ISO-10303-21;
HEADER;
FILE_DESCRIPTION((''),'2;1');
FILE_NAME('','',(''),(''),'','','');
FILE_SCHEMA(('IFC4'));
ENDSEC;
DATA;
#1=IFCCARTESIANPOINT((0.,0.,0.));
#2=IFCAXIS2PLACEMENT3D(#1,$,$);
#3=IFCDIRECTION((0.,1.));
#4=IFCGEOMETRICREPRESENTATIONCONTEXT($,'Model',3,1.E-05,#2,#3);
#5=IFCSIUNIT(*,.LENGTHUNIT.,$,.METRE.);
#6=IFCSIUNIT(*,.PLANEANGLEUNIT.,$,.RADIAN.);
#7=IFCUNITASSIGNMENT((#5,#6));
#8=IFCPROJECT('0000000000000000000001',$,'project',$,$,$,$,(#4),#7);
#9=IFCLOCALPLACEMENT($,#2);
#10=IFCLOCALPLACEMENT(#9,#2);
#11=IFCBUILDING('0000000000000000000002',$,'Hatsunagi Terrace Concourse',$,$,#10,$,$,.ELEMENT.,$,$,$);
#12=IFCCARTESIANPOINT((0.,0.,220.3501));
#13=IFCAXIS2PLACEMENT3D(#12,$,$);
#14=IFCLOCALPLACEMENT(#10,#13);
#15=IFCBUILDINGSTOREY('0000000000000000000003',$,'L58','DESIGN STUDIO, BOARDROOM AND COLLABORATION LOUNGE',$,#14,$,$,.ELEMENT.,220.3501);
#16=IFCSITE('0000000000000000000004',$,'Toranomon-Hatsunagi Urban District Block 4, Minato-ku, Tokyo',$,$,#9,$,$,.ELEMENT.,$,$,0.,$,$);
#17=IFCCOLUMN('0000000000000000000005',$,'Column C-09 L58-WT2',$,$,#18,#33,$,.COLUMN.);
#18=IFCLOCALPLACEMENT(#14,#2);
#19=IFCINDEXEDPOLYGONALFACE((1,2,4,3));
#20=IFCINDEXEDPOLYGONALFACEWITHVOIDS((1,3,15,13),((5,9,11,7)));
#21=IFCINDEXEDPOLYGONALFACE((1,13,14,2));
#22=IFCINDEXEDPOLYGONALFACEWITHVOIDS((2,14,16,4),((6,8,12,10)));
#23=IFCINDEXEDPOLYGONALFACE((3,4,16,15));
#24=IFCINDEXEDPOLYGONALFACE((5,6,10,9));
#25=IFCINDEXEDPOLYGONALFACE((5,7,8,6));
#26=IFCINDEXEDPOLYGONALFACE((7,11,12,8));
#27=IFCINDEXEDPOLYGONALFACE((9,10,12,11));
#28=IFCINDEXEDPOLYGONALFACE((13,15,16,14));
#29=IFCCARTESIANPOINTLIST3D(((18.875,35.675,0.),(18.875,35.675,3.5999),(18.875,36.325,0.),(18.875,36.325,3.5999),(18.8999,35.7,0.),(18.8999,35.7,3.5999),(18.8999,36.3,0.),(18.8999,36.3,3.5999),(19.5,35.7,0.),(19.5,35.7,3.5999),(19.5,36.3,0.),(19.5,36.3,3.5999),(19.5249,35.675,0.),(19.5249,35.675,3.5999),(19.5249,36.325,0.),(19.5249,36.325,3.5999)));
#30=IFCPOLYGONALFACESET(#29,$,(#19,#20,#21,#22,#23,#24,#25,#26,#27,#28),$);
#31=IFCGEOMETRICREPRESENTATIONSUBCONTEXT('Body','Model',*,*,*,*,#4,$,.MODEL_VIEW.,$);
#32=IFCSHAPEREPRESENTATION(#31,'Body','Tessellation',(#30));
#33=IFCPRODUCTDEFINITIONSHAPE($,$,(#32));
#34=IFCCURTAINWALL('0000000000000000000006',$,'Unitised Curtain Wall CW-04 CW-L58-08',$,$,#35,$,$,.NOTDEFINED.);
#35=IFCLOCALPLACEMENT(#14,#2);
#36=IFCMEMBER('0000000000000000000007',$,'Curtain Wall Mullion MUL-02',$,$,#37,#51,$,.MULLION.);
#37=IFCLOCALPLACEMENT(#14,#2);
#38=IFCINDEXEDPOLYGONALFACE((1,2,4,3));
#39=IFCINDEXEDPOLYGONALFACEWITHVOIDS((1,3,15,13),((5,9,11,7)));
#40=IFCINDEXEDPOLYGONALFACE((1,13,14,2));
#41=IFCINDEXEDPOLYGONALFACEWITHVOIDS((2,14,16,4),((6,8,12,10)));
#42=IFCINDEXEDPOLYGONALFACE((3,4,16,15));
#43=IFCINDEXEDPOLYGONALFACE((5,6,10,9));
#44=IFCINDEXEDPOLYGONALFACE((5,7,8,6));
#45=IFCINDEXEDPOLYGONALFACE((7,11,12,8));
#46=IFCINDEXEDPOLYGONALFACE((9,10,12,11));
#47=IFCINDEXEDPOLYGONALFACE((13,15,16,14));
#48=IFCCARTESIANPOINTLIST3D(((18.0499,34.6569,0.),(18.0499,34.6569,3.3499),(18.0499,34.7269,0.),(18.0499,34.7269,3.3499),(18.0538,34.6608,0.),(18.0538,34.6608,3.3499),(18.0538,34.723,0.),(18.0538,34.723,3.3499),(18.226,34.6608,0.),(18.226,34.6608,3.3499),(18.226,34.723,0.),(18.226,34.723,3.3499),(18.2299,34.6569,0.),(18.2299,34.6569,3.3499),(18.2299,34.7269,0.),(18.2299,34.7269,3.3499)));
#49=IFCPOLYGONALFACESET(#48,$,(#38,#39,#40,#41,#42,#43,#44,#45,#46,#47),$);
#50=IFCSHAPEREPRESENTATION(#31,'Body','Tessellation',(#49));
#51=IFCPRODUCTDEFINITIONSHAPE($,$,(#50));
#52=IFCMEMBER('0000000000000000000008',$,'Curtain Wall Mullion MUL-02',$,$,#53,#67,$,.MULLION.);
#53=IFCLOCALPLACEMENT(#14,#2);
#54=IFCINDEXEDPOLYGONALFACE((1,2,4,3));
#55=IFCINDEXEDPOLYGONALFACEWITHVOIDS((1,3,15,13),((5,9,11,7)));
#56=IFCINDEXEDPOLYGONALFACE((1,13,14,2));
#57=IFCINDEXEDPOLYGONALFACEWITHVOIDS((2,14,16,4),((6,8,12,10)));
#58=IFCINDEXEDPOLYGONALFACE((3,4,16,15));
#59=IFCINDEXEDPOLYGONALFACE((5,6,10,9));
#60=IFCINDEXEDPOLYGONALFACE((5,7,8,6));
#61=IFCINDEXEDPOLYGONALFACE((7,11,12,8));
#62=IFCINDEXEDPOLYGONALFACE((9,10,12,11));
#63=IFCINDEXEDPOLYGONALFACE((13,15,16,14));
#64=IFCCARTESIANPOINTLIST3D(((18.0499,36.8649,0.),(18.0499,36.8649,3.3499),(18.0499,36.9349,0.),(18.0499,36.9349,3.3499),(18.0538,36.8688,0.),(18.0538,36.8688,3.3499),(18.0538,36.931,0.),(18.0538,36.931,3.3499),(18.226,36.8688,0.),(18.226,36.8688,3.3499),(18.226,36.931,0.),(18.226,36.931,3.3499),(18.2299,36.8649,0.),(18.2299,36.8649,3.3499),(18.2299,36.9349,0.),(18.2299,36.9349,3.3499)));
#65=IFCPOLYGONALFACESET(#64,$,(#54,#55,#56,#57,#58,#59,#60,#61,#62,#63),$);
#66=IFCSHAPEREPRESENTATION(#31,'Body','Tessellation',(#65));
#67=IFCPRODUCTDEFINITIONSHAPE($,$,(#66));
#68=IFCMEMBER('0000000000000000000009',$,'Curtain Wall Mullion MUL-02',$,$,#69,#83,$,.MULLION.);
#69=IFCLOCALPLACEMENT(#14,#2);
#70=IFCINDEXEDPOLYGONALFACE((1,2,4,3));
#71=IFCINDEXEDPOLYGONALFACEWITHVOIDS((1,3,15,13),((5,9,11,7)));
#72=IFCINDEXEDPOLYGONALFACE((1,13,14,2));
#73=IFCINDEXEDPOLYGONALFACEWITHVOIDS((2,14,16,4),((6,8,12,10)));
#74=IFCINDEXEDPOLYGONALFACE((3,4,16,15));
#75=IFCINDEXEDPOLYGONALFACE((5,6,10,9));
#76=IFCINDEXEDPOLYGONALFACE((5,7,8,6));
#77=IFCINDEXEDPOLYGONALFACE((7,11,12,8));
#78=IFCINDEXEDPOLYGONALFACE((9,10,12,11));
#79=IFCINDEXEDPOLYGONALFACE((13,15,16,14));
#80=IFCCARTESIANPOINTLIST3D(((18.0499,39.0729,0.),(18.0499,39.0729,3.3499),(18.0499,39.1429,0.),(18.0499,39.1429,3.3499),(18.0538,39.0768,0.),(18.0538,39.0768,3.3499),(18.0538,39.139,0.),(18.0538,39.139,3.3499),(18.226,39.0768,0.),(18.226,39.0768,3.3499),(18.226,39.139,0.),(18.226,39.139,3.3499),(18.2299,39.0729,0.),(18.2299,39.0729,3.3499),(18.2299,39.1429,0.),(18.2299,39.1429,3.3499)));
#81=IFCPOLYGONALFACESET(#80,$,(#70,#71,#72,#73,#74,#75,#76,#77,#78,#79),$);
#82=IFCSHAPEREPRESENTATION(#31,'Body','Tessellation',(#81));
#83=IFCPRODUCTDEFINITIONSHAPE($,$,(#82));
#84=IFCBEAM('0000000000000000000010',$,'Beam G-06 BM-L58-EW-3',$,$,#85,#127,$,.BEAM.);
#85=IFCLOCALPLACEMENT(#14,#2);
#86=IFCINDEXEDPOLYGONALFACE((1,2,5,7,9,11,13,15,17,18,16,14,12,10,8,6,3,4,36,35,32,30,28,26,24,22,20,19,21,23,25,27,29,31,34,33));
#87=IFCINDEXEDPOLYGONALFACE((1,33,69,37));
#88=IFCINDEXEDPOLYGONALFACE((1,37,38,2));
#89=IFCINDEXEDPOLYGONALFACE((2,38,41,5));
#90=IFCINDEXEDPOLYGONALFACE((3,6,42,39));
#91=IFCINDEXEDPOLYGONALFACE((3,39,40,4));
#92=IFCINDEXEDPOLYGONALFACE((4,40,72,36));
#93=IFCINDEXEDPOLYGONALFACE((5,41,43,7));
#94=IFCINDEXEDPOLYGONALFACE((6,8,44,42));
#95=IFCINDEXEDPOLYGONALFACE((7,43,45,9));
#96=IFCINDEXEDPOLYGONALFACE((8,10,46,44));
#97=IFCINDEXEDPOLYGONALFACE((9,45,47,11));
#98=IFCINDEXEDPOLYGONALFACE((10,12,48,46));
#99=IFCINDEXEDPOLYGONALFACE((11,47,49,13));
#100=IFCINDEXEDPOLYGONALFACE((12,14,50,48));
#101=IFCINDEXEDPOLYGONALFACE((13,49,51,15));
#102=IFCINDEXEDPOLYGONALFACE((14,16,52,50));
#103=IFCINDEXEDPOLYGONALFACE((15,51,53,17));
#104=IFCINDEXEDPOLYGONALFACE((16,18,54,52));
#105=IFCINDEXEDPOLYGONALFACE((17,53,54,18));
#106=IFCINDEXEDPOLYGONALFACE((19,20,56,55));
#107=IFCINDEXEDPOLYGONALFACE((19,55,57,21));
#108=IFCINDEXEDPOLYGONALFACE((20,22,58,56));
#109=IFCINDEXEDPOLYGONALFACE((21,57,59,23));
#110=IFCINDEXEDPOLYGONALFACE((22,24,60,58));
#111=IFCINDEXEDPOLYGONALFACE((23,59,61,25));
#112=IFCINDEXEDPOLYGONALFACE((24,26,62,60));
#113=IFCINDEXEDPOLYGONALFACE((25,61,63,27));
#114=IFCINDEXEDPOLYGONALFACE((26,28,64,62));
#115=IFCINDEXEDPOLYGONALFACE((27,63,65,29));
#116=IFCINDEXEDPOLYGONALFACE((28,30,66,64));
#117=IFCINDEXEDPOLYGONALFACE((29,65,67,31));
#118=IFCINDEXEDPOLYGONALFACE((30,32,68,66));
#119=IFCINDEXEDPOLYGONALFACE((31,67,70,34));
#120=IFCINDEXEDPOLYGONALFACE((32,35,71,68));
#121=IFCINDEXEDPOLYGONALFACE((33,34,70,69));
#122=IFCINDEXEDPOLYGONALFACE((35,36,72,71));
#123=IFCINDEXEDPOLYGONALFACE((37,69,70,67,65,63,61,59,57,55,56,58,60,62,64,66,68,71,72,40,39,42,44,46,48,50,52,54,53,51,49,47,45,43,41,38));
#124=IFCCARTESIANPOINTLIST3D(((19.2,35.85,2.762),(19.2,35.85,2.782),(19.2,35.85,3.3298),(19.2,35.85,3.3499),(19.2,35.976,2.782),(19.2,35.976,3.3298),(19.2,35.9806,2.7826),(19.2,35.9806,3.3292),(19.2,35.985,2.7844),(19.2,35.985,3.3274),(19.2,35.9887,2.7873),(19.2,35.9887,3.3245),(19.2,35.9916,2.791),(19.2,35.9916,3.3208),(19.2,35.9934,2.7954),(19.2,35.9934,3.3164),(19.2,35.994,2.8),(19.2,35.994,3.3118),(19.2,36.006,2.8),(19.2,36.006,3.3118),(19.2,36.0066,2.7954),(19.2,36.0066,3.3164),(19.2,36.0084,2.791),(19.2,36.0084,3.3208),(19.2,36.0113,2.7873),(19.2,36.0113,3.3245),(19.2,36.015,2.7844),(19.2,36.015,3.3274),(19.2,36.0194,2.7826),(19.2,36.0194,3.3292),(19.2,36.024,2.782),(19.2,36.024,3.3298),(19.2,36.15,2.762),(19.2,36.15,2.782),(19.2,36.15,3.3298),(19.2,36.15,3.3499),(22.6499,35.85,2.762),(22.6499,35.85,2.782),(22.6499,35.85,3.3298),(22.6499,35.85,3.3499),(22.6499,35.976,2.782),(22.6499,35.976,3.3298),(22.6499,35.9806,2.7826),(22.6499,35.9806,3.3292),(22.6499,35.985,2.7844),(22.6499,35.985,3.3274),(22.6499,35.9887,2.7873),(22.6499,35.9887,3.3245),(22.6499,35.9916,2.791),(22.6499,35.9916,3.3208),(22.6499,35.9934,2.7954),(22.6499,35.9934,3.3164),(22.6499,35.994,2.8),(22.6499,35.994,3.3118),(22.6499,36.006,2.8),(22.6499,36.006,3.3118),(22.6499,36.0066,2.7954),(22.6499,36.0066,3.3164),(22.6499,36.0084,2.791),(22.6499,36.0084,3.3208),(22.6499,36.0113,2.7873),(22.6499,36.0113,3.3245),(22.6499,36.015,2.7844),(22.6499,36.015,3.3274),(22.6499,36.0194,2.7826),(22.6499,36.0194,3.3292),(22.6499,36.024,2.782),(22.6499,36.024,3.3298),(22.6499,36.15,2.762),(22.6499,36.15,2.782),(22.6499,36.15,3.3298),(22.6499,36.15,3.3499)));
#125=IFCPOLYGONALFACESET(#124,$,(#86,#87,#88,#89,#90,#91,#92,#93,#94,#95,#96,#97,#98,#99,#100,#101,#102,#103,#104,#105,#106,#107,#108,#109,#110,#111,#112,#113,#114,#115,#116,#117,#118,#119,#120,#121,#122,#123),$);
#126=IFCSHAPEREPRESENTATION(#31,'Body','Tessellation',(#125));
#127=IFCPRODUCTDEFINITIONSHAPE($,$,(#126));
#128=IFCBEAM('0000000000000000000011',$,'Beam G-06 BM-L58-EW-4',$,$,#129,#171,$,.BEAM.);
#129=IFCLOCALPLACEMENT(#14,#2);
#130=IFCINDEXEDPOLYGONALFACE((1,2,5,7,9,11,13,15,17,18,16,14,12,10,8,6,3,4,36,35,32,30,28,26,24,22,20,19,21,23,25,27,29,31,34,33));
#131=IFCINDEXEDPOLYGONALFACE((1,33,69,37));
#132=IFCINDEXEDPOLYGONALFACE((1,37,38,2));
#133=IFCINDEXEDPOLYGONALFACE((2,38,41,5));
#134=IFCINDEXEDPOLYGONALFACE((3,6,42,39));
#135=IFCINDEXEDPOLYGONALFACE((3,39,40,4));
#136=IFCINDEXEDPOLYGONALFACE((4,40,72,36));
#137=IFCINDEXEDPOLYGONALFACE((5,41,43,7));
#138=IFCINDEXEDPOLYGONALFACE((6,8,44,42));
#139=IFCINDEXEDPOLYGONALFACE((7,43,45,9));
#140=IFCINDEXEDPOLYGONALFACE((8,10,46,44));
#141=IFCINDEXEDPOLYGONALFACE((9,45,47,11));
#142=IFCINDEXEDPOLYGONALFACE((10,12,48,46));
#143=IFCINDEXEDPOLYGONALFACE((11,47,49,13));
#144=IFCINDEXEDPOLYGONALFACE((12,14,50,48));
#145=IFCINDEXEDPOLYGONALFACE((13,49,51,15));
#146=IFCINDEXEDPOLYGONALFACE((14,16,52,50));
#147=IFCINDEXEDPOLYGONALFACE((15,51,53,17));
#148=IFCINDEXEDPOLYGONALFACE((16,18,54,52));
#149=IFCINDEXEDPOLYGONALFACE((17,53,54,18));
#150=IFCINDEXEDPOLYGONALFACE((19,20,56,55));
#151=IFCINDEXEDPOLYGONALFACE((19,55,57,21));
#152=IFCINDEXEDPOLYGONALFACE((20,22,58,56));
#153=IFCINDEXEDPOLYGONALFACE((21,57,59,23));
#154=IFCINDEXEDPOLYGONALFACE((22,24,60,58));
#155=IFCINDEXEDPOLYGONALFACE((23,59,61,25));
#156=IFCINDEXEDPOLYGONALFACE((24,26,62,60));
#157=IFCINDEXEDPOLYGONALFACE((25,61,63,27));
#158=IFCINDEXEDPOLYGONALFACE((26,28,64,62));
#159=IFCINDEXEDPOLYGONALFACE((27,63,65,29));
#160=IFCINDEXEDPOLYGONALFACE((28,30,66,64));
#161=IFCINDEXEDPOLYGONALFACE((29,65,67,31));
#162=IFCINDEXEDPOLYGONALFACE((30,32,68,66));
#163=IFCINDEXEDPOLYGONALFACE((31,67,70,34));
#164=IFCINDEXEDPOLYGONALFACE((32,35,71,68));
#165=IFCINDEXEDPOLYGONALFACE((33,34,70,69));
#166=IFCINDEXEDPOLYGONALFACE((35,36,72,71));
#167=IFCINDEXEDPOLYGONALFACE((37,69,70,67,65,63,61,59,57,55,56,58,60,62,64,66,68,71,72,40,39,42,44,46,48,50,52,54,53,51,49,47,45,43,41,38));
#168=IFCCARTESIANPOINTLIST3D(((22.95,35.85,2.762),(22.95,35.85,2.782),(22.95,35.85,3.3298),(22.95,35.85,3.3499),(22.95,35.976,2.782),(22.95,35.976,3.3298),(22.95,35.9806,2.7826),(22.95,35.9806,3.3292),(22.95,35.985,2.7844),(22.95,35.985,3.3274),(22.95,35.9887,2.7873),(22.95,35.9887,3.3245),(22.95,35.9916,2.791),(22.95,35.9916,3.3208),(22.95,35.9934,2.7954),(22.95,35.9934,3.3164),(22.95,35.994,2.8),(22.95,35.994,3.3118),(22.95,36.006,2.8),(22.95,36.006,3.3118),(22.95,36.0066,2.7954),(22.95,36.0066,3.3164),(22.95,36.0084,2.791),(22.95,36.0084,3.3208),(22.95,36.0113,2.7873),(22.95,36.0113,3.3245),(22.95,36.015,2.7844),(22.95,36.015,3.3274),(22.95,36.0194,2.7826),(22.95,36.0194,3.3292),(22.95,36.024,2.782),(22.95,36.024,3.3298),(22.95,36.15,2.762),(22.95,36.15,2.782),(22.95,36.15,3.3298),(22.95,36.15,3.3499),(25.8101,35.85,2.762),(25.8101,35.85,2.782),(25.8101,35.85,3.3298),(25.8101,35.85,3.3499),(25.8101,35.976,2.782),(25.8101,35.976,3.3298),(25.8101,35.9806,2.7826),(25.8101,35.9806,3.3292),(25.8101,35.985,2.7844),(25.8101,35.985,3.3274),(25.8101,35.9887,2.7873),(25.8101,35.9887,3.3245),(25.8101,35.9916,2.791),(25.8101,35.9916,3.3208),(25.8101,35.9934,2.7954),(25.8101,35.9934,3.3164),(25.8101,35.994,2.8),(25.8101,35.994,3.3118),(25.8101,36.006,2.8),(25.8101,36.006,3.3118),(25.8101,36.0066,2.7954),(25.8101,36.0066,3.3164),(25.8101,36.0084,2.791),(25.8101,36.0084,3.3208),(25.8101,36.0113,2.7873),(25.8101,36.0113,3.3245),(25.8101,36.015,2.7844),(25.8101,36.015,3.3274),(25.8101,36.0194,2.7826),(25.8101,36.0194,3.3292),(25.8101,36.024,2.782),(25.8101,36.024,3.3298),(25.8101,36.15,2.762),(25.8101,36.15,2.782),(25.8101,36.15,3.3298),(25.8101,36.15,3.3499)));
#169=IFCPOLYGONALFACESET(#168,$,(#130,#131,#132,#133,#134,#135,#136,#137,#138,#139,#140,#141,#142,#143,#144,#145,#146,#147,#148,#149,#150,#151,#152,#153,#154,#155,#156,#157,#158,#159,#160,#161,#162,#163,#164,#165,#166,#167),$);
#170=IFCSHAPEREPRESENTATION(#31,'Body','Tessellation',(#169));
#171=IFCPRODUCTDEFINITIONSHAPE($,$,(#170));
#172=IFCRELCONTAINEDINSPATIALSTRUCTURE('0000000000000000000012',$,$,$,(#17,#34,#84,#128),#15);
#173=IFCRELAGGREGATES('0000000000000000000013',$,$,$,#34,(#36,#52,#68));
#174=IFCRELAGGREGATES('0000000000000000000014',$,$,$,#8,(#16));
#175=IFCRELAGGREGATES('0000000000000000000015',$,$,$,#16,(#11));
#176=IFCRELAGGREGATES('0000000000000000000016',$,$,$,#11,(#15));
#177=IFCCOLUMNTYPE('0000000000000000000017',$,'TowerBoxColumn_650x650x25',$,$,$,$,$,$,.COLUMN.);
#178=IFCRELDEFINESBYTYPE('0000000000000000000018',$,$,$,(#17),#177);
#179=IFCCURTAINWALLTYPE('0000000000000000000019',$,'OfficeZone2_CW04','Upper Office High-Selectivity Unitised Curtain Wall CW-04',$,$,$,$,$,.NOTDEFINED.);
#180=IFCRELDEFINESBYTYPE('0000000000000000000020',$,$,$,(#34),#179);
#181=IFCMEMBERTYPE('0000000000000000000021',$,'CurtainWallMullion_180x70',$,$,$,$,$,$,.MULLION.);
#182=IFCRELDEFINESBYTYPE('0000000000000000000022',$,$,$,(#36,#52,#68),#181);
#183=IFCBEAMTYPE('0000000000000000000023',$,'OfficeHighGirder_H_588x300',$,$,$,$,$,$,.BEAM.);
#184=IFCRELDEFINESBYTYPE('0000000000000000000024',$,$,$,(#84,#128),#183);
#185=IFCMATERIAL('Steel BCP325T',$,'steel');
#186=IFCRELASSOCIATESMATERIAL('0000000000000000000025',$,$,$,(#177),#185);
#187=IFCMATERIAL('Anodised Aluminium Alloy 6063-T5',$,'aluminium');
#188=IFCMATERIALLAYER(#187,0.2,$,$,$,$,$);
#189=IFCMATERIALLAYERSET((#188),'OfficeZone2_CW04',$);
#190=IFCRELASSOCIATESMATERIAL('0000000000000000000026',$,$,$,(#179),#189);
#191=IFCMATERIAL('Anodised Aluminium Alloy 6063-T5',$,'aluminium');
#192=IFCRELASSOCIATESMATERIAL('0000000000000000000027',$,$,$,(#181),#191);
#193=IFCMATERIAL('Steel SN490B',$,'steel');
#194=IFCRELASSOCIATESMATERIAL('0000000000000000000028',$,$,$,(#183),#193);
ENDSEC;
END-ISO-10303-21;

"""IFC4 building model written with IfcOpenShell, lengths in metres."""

from ifc_helpers import new_model, si_unit, direction, frame, origin, origin_2d, place, context, subcontext, project, spatial, hollow_rectangle, i_section, extrude, material, layer, layer_set, material_profile, profile_set, type_object, element, aggregate, save


model = new_model("IFC4")

# Units and contexts
model_context = context("Model", 3, precision=1e-05, world=origin(), true_north=direction((0.0, 1.0)))
body_context = subcontext(model_context, "Body", "Model", "MODEL_VIEW")
ifc_project = project(units=[si_unit("LENGTHUNIT", "METRE"), si_unit("PLANEANGLEUNIT", "RADIAN")], contexts=[model_context])

# Site, building, storey
site_placement = place(None, origin())
site = spatial("IfcSite", under=ifc_project, at=site_placement, Name="Toranomon-Hatsunagi Urban District Block 4, Minato-ku, Tokyo", CompositionType="ELEMENT", RefElevation=0.0)
building_placement = place(site_placement, origin())
building = spatial("IfcBuilding", under=site, at=building_placement, Name="Hatsunagi Terrace Concourse", CompositionType="ELEMENT")
storey_placement = place(building_placement, frame((0.0, 0.0, 220.3501)))
storey = spatial("IfcBuildingStorey", under=building, at=storey_placement, Name="L58", Description="DESIGN STUDIO, BOARDROOM AND COLLABORATION LOUNGE", CompositionType="ELEMENT", Elevation=220.3501)

# Column
ifc_material_1 = material(Name="Steel BCP325T", Category="steel")
ifc_material_profile_1 = material_profile(ifc_material_1, hollow_rectangle(XDim=0.6499, YDim=0.6499, WallThickness=0.0249, at=origin_2d()), Name="BCP-650x650x25")
ifc_profile_set_1 = profile_set([ifc_material_profile_1], Name="Steel BCP325T")
column_type = type_object("IfcColumnType", Name="TowerBoxColumn_650x650x25", PredefinedType="COLUMN", material=ifc_profile_set_1)
column_placement = place(storey_placement, frame((19.2, 36.0, 0.0), z_axis=(0.0, 0.0, 1.0), x_axis=(1.0, 0.0, 0.0)))
element("IfcColumn", 1, at=column_placement, inside=storey, type_object=column_type, Name="Column C-09 L58-WT2", PredefinedType="COLUMN", context=body_context, shape_type="SweptSolid", body=[
    extrude(hollow_rectangle(XDim=0.6499, YDim=0.6499, WallThickness=0.0249, at=origin_2d()), origin(), (0.0, 0.0, 1.0), 3.5999),
])

# Curtain wall, members
ifc_material_2 = material(Name="Anodised Aluminium Alloy 6063-T5", Category="aluminium")
ifc_layer_1 = layer(ifc_material_2, 0.2)
ifc_layer_set_1 = layer_set([ifc_layer_1], Name="OfficeZone2_CW04")
curtain_wall_type = type_object("IfcCurtainWallType", Name="OfficeZone2_CW04", Description="Upper Office High-Selectivity Unitised Curtain Wall CW-04", PredefinedType="NOTDEFINED", material=ifc_layer_set_1)
curtain_wall_placement = place(storey_placement, origin())
curtain_wall = element("IfcCurtainWall", 2, at=curtain_wall_placement, inside=storey, type_object=curtain_wall_type, Name="Unitised Curtain Wall CW-04 CW-L58-08", PredefinedType="NOTDEFINED")
ifc_material_3 = material(Name="Anodised Aluminium Alloy 6063-T5", Category="aluminium")
ifc_material_profile_2 = material_profile(ifc_material_3, hollow_rectangle(XDim=0.0701, YDim=0.1799, WallThickness=0.0039, at=origin_2d()), Name="ALU-MUL-180x70x4")
ifc_profile_set_2 = profile_set([ifc_material_profile_2], Name="Anodised Aluminium Alloy 6063-T5")
member_type = type_object("IfcMemberType", Name="CurtainWallMullion_180x70", PredefinedType="MULLION", material=ifc_profile_set_2)
member_1_placement = place(storey_placement, frame((18.1399, 34.6919, 0.0), z_axis=(0.0, 0.0, 1.0), x_axis=(0.0, 1.0, 0.0)))
member_1 = element("IfcMember", 3, at=member_1_placement, type_object=member_type, Name="Curtain Wall Mullion MUL-02", PredefinedType="MULLION", context=body_context, shape_type="SweptSolid", body=[
    extrude(hollow_rectangle(XDim=0.0701, YDim=0.1799, WallThickness=0.0039, at=origin_2d()), origin(), (0.0, 0.0, 1.0), 3.3499),
])
member_2_placement = place(storey_placement, frame((18.1399, 36.8999, 0.0), z_axis=(0.0, 0.0, 1.0), x_axis=(0.0, 1.0, 0.0)))
member_2 = element("IfcMember", 4, at=member_2_placement, type_object=member_type, Name="Curtain Wall Mullion MUL-02", PredefinedType="MULLION", context=body_context, shape_type="SweptSolid", body=[
    extrude(hollow_rectangle(XDim=0.0701, YDim=0.1799, WallThickness=0.0039, at=origin_2d()), origin(), (0.0, 0.0, 1.0), 3.3499),
])
member_3_placement = place(storey_placement, frame((18.1399, 39.1079, 0.0), z_axis=(0.0, 0.0, 1.0), x_axis=(0.0, 1.0, 0.0)))
member_3 = element("IfcMember", 5, at=member_3_placement, type_object=member_type, Name="Curtain Wall Mullion MUL-02", PredefinedType="MULLION", context=body_context, shape_type="SweptSolid", body=[
    extrude(hollow_rectangle(XDim=0.0701, YDim=0.1799, WallThickness=0.0039, at=origin_2d()), origin(), (0.0, 0.0, 1.0), 3.3499),
])

# Beams
ifc_material_4 = material(Name="Steel SN490B", Category="steel")
ifc_material_profile_3 = material_profile(ifc_material_4, i_section(OverallWidth=0.3, OverallDepth=0.5879, WebThickness=0.012, FlangeThickness=0.02, FilletRadius=0.0181, at=origin_2d()), Name="H-588x300x12x20")
ifc_profile_set_3 = profile_set([ifc_material_profile_3], Name="Steel SN490B")
beam_type_1 = type_object("IfcBeamType", Name="OfficeHighGirder_H_588x300", PredefinedType="BEAM", material=ifc_profile_set_3)
beam_1_placement = place(storey_placement, frame((19.2, 36.0, 3.0559), z_axis=(1.0, 0.0, 0.0), x_axis=(0.0, 1.0, 0.0)))
element("IfcBeam", 6, at=beam_1_placement, inside=storey, type_object=beam_type_1, Name="Beam G-06 BM-L58-EW-3", PredefinedType="BEAM", context=body_context, shape_type="SweptSolid", body=[
    extrude(i_section(OverallWidth=0.3, OverallDepth=0.5879, WebThickness=0.012, FlangeThickness=0.02, FilletRadius=0.0181, at=origin_2d()), origin(), (0.0, 0.0, 1.0), 3.45),
])
beam_2_placement = place(storey_placement, frame((22.95, 36.0, 3.0559), z_axis=(1.0, 0.0, 0.0), x_axis=(0.0, 1.0, 0.0)))
element("IfcBeam", 7, at=beam_2_placement, inside=storey, type_object=beam_type_1, Name="Beam G-06 BM-L58-EW-4", PredefinedType="BEAM", context=body_context, shape_type="SweptSolid", body=[
    extrude(i_section(OverallWidth=0.3, OverallDepth=0.5879, WebThickness=0.012, FlangeThickness=0.02, FilletRadius=0.0181, at=origin_2d()), origin(), (0.0, 0.0, 1.0), 2.8601),
])

aggregate(curtain_wall, [member_1, member_2, member_3])

save(model, "model.ifc")
